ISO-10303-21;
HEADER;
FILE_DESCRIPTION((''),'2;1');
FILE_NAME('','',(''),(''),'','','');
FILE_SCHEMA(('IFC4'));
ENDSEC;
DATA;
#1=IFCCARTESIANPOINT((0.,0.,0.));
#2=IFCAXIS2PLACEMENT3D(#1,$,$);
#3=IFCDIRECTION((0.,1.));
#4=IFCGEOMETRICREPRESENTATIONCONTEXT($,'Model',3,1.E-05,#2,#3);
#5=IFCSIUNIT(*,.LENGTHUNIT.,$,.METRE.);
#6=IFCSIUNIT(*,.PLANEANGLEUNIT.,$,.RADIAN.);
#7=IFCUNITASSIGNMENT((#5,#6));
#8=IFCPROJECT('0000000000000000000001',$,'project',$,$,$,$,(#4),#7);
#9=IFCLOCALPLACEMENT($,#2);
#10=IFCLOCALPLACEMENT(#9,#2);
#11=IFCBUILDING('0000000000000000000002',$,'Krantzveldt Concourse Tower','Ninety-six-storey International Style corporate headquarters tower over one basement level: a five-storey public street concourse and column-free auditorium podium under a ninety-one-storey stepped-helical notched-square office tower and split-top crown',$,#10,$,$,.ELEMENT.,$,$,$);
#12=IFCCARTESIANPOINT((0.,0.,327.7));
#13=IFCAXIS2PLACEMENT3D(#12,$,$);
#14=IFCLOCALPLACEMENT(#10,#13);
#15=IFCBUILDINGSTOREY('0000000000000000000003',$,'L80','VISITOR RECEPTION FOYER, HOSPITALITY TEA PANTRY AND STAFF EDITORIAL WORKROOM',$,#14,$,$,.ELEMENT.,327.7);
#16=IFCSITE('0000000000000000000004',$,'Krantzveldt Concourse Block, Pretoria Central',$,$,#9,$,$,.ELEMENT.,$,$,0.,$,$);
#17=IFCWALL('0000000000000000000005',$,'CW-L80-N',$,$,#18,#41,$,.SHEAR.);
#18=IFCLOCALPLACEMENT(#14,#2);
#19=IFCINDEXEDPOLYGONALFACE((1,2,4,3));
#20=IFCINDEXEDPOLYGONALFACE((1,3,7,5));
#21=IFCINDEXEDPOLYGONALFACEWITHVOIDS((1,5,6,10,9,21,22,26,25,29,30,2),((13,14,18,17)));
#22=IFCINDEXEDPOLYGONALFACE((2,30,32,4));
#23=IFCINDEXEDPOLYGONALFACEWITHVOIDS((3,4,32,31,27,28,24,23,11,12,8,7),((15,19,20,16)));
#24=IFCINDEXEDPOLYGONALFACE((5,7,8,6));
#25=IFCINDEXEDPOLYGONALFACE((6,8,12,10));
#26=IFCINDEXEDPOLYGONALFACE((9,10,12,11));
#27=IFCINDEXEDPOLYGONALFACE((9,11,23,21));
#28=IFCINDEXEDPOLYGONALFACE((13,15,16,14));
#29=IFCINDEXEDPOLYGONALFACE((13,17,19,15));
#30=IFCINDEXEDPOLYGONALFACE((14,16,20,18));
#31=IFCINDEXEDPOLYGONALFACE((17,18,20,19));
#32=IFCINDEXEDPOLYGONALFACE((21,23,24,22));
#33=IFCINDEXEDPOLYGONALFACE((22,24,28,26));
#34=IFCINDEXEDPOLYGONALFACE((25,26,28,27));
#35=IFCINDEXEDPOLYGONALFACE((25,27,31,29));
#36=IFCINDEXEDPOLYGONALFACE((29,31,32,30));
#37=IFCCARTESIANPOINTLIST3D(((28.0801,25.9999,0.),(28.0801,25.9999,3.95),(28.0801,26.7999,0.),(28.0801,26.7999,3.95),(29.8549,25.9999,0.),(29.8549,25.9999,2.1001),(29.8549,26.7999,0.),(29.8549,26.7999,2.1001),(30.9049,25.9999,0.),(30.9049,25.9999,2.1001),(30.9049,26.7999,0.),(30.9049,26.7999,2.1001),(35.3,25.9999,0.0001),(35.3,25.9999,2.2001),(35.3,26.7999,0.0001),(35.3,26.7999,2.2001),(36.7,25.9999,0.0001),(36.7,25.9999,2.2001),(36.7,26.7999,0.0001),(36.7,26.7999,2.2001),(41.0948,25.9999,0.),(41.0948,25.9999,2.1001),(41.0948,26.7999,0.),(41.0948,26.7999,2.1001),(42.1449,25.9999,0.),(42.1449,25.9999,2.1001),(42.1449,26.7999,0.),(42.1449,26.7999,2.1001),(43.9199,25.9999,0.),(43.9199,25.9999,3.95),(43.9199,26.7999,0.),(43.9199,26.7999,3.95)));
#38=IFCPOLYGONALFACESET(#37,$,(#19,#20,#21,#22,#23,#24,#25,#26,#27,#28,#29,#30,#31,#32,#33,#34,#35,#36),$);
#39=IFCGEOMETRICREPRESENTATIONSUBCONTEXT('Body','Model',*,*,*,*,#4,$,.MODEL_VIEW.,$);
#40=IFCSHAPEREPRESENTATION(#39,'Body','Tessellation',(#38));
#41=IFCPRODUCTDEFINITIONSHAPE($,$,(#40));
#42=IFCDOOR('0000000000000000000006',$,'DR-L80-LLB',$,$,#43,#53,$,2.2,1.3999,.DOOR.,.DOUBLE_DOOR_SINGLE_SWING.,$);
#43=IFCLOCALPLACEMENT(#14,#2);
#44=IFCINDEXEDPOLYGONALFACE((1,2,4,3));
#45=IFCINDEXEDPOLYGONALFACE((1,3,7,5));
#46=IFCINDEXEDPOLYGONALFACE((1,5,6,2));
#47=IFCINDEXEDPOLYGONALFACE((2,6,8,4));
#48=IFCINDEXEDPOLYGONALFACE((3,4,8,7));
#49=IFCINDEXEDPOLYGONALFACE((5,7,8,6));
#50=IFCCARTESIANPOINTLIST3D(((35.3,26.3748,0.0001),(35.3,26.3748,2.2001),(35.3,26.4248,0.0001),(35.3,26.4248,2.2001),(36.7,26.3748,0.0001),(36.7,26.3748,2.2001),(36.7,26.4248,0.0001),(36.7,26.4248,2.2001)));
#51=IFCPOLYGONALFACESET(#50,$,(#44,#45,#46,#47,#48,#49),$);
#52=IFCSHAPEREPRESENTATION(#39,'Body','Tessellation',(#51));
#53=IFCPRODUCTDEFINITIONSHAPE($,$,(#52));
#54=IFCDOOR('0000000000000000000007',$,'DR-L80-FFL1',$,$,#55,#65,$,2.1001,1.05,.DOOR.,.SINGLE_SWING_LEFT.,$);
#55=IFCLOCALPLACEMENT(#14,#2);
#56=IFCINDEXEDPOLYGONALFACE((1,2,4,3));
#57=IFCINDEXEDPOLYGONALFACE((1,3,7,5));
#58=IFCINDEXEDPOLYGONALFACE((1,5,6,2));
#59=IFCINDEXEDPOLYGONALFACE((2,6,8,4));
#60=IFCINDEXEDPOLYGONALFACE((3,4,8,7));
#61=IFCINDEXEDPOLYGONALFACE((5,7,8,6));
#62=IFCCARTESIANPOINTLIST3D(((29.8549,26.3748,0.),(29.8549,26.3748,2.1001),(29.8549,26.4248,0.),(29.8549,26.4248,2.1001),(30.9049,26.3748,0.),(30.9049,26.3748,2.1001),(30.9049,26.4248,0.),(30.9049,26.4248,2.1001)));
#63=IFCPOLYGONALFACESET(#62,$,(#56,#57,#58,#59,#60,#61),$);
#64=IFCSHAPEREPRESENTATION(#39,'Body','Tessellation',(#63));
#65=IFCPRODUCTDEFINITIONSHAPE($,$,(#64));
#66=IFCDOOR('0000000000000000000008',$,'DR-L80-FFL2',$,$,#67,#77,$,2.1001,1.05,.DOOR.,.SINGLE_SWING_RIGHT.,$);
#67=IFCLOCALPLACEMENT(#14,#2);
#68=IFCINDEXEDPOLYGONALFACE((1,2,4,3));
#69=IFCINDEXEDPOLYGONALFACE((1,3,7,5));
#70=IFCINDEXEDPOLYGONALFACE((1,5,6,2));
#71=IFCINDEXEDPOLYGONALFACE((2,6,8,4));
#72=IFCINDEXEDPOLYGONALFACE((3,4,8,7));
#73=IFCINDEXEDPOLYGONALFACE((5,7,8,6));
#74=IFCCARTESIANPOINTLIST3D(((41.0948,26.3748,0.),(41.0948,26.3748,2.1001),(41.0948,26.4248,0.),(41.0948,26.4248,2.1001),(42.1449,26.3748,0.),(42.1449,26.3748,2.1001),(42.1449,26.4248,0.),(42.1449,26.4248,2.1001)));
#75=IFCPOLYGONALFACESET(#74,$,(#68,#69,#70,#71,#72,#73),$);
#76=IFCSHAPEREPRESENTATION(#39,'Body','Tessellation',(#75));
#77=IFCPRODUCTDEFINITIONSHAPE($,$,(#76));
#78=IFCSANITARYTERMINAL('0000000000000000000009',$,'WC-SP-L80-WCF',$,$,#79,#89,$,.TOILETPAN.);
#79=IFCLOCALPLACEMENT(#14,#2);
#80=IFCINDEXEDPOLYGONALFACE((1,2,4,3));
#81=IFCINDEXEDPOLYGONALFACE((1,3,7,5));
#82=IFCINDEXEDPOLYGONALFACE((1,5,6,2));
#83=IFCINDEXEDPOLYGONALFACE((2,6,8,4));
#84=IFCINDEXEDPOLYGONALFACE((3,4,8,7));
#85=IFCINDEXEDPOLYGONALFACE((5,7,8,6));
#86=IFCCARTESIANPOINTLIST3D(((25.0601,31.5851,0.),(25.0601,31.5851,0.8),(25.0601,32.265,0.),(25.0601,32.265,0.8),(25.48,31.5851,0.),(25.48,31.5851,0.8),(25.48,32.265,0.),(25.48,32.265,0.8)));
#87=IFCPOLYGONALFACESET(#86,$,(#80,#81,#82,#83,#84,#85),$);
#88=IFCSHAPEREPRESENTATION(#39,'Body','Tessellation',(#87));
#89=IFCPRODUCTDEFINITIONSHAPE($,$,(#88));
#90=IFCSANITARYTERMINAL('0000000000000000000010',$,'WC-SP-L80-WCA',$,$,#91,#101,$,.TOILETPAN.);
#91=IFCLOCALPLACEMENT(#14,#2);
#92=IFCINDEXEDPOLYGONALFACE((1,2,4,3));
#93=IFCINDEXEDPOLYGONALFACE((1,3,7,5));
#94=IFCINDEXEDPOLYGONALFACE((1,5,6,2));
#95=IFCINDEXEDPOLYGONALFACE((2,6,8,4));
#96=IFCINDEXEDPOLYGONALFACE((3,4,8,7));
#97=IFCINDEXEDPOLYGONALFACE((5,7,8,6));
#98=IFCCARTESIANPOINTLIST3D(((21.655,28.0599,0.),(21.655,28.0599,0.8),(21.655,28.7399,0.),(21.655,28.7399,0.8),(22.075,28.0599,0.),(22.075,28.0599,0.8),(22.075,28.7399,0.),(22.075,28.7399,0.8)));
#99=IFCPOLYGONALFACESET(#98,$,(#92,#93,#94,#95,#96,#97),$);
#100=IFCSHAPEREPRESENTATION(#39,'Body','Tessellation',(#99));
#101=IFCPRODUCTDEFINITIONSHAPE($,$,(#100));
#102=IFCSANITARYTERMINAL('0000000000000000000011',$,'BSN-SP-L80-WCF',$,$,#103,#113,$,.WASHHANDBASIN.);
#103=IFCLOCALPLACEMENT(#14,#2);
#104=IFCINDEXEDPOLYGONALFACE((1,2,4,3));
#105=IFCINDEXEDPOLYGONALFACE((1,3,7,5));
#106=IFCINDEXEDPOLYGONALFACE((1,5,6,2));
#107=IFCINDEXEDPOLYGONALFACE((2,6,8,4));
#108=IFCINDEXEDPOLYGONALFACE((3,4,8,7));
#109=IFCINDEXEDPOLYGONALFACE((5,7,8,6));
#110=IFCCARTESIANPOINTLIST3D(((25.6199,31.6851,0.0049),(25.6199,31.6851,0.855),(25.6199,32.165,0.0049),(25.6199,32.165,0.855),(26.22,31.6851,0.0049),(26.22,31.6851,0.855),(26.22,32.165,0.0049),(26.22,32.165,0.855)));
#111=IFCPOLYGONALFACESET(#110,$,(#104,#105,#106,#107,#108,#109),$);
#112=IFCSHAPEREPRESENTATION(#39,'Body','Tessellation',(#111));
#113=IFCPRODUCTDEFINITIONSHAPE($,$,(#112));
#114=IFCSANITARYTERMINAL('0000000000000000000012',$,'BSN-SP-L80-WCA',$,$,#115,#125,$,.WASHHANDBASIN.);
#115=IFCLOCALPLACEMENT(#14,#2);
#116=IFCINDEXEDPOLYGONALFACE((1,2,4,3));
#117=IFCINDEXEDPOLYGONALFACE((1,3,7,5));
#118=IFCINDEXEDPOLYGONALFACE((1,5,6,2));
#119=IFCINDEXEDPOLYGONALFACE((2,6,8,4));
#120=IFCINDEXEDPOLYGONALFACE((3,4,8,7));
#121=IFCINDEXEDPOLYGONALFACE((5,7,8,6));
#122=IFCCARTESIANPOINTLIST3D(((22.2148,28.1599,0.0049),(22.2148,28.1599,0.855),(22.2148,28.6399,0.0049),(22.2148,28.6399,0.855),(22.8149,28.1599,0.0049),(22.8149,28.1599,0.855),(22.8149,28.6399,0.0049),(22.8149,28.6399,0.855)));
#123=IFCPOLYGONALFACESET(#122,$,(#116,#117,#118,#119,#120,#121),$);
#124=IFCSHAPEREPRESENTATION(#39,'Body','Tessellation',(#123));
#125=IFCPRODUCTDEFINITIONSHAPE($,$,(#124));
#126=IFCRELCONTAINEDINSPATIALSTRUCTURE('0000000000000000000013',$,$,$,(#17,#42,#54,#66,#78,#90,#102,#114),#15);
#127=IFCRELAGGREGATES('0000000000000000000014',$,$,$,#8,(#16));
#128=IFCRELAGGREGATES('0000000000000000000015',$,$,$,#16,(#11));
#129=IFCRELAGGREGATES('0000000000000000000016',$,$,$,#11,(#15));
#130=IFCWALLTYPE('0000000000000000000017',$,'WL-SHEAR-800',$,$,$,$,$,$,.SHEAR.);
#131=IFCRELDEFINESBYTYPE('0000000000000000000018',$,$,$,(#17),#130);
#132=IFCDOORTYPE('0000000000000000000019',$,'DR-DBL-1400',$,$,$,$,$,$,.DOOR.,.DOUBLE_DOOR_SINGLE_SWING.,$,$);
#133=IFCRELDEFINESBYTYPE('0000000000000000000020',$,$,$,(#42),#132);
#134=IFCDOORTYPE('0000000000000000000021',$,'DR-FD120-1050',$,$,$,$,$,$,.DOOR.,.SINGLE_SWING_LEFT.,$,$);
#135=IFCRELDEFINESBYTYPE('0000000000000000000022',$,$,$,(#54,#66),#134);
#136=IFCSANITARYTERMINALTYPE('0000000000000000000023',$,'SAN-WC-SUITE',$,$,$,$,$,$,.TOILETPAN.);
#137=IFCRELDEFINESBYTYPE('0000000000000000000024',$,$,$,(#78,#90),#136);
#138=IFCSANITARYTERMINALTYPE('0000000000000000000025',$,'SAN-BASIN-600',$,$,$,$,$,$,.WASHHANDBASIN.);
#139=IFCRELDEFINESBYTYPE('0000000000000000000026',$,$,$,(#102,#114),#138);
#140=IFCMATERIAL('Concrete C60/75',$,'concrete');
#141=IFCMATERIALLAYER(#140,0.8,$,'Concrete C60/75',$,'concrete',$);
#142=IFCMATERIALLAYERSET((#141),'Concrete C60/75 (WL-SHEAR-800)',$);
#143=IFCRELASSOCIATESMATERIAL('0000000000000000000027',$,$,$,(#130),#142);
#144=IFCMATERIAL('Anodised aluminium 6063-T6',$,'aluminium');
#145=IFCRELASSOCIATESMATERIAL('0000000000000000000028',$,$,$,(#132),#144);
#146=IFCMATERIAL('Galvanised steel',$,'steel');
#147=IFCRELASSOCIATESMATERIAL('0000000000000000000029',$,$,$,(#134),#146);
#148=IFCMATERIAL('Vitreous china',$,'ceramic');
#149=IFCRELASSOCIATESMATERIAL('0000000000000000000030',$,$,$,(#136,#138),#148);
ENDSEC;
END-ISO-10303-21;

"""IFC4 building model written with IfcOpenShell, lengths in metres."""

from ifc_helpers import new_model, si_unit, direction, frame, frame_2d, origin, origin_2d, place, context, subcontext, project, spatial, rectangle, extrude, source, transform, mapped, material, layer, layer_set, type_object, type_shapes, element, fill, save


model = new_model("IFC4")

# Units and contexts
model_context = context("Model", 3, precision=1e-05, world=origin(), true_north=direction((0.0, 1.0)))
body_context = subcontext(model_context, "Body", "Model", "MODEL_VIEW")
ifc_project = project(units=[si_unit("LENGTHUNIT", "METRE"), si_unit("PLANEANGLEUNIT", "RADIAN")], contexts=[model_context])

# Site, building, storey
site_placement = place(None, origin())
site = spatial("IfcSite", under=ifc_project, at=site_placement, Name="Krantzveldt Concourse Block, Pretoria Central", CompositionType="ELEMENT", RefElevation=0.0)
building_placement = place(site_placement, origin())
building = spatial("IfcBuilding", under=site, at=building_placement, Name="Krantzveldt Concourse Tower", Description="Ninety-six-storey International Style corporate headquarters tower over one basement level: a five-storey public street concourse and column-free auditorium podium under a ninety-one-storey stepped-helical notched-square office tower and split-top crown", CompositionType="ELEMENT")
storey_placement = place(building_placement, frame((0.0, 0.0, 327.7)))
storey = spatial("IfcBuildingStorey", under=building, at=storey_placement, Name="L80", Description="VISITOR RECEPTION FOYER, HOSPITALITY TEA PANTRY AND STAFF EDITORIAL WORKROOM", CompositionType="ELEMENT", Elevation=327.7)

# Wall, openings, doors
ifc_material_1 = material(Name="Concrete C60/75", Category="concrete")
ifc_layer_1 = layer(ifc_material_1, 0.8, Name="Concrete C60/75", Category="concrete")
ifc_layer_set_1 = layer_set([ifc_layer_1], Name="Concrete C60/75 (WL-SHEAR-800)")
wall_type_1 = type_object("IfcWallType", Name="WL-SHEAR-800", PredefinedType="SHEAR", material=ifc_layer_set_1)
wall_1_placement = place(storey_placement, frame((28.0801, 26.3999, 0.0), z_axis=(0.0, 0.0, 1.0), x_axis=(1.0, 0.0, 0.0)))
wall_1 = element("IfcWall", 1, at=wall_1_placement, inside=storey, type_object=wall_type_1, Name="CW-L80-N", PredefinedType="SHEAR", context=body_context, shape_type="SweptSolid", body=[
    extrude(rectangle(XDim=15.8398, YDim=0.8, at=frame_2d((7.9199, 0.0))), origin(), (0.0, 0.0, 1.0), 3.95),
])
opening_1_placement = place(wall_1_placement, frame((7.22, 0.0, 0.0)))
opening_1 = element("IfcOpeningElement", 2, at=opening_1_placement, cuts=wall_1, PredefinedType="OPENING", context=body_context, shape_type="SweptSolid", body=[
    extrude(rectangle(XDim=1.3999, YDim=2.2, at=frame_2d((0.7, 1.1001))), frame((0.0, 0.4102, 0.0), z_axis=(0.0, -1.0, 0.0), x_axis=(1.0, 0.0, 0.0)), (0.0, 0.0, 1.0), 0.8201),
])
opening_2_placement = place(wall_1_placement, frame((1.7749, 0.0, 0.0)))
opening_2 = element("IfcOpeningElement", 3, at=opening_2_placement, cuts=wall_1, PredefinedType="OPENING", context=body_context, shape_type="SweptSolid", body=[
    extrude(rectangle(XDim=1.05, YDim=2.1001, at=frame_2d((0.5249, 1.05))), frame((0.0, 0.4102, 0.0), z_axis=(0.0, -1.0, 0.0), x_axis=(1.0, 0.0, 0.0)), (0.0, 0.0, 1.0), 0.8201),
])
opening_3_placement = place(wall_1_placement, frame((13.0149, 0.0, 0.0)))
opening_3 = element("IfcOpeningElement", 4, at=opening_3_placement, cuts=wall_1, PredefinedType="OPENING", context=body_context, shape_type="SweptSolid", body=[
    extrude(rectangle(XDim=1.05, YDim=2.1001, at=frame_2d((0.5249, 1.05))), frame((0.0, 0.4102, 0.0), z_axis=(0.0, -1.0, 0.0), x_axis=(1.0, 0.0, 0.0)), (0.0, 0.0, 1.0), 0.8201),
])
ifc_material_2 = material(Name="Anodised aluminium 6063-T6", Category="aluminium")
door_type_1 = type_object("IfcDoorType", Name="DR-DBL-1400", OperationType="DOUBLE_DOOR_SINGLE_SWING", PredefinedType="DOOR", material=ifc_material_2)
door_1_placement = place(opening_1_placement, origin())
door_1 = element("IfcDoor", 5, at=door_1_placement, inside=storey, type_object=door_type_1, Name="DR-L80-LLB", OperationType="DOUBLE_DOOR_SINGLE_SWING", OverallHeight=2.2, OverallWidth=1.3999, PredefinedType="DOOR", context=body_context, shape_type="SweptSolid", body=[
    extrude(rectangle(XDim=1.3999, YDim=2.2, at=frame_2d((0.7, 1.1001))), frame((0.0, 0.0249, 0.0), z_axis=(0.0, -1.0, 0.0), x_axis=(1.0, 0.0, 0.0)), (0.0, 0.0, 1.0), 0.05),
])
fill(opening_1, door_1)
ifc_material_3 = material(Name="Galvanised steel", Category="steel")
door_type_2 = type_object("IfcDoorType", Name="DR-FD120-1050", OperationType="SINGLE_SWING_LEFT", PredefinedType="DOOR", material=ifc_material_3)
door_2_placement = place(opening_2_placement, origin())
door_2 = element("IfcDoor", 6, at=door_2_placement, inside=storey, type_object=door_type_2, Name="DR-L80-FFL1", OperationType="SINGLE_SWING_LEFT", OverallHeight=2.1001, OverallWidth=1.05, PredefinedType="DOOR", context=body_context, shape_type="SweptSolid", body=[
    extrude(rectangle(XDim=1.05, YDim=2.1001, at=frame_2d((0.5249, 1.05))), frame((0.0, 0.0249, 0.0), z_axis=(0.0, -1.0, 0.0), x_axis=(1.0, 0.0, 0.0)), (0.0, 0.0, 1.0), 0.05),
])
fill(opening_2, door_2)
door_3_placement = place(opening_3_placement, origin())
door_3 = element("IfcDoor", 7, at=door_3_placement, inside=storey, type_object=door_type_2, Name="DR-L80-FFL2", OperationType="SINGLE_SWING_RIGHT", OverallHeight=2.1001, OverallWidth=1.05, PredefinedType="DOOR", context=body_context, shape_type="SweptSolid", body=[
    extrude(rectangle(XDim=1.05, YDim=2.1001, at=frame_2d((0.5249, 1.05))), frame((0.0, 0.0249, 0.0), z_axis=(0.0, -1.0, 0.0), x_axis=(1.0, 0.0, 0.0)), (0.0, 0.0, 1.0), 0.05),
])
fill(opening_3, door_3)

# Sanitary terminals
ifc_material_4 = material(Name="Vitreous china", Category="ceramic")
sanitary_terminal_type_1 = type_object("IfcSanitaryTerminalType", Name="SAN-WC-SUITE", PredefinedType="TOILETPAN", material=ifc_material_4)
shared_shape_1 = source(origin(), body_context, "Body", "SweptSolid", [
    extrude(rectangle(XDim=0.4199, YDim=0.6799, at=origin_2d()), origin(), (0.0, 0.0, 1.0), 0.8),
])
type_shapes(sanitary_terminal_type_1, [shared_shape_1])
for number, where, z_axis, x_axis, name in (
    (8, (25.27, 31.925, 0.0), (0.0, 0.0, 1.0), (1.0, 0.0, 0.0), "WC-SP-L80-WCF"),
    (9, (21.865, 28.3999, 0.0), (0.0, 0.0, 1.0), (1.0, 0.0, 0.0), "WC-SP-L80-WCA"),
):
    element("IfcSanitaryTerminal", number, at=place(storey_placement, frame(where, z_axis=z_axis, x_axis=x_axis)), inside=storey, type_object=sanitary_terminal_type_1, Name=name, PredefinedType="TOILETPAN", context=body_context, shape_type="MappedRepresentation", body=[
        mapped(shared_shape_1, transform((0.0, 0.0, 0.0), x_axis=(1.0, 0.0, 0.0), y_axis=(0.0, 1.0, 0.0), z_axis=(0.0, 0.0, 1.0), scale=1.0)),
    ])
sanitary_terminal_type_2 = type_object("IfcSanitaryTerminalType", Name="SAN-BASIN-600", PredefinedType="WASHHANDBASIN", material=ifc_material_4)
shared_shape_2 = source(origin(), body_context, "Body", "SweptSolid", [
    extrude(rectangle(XDim=0.6001, YDim=0.48, at=origin_2d()), origin(), (0.0, 0.0, 1.0), 0.8501),
])
type_shapes(sanitary_terminal_type_2, [shared_shape_2])
for number, where, z_axis, x_axis, name in (
    (10, (25.9199, 31.925, 0.0049), (0.0, 0.0, 1.0), (1.0, 0.0, 0.0), "BSN-SP-L80-WCF"),
    (11, (22.5149, 28.3999, 0.0049), (0.0, 0.0, 1.0), (1.0, 0.0, 0.0), "BSN-SP-L80-WCA"),
):
    element("IfcSanitaryTerminal", number, at=place(storey_placement, frame(where, z_axis=z_axis, x_axis=x_axis)), inside=storey, type_object=sanitary_terminal_type_2, Name=name, PredefinedType="WASHHANDBASIN", context=body_context, shape_type="MappedRepresentation", body=[
        mapped(shared_shape_2, transform((0.0, 0.0, 0.0), x_axis=(1.0, 0.0, 0.0), y_axis=(0.0, 1.0, 0.0), z_axis=(0.0, 0.0, 1.0), scale=1.0)),
    ])

save(model, "model.ifc")
